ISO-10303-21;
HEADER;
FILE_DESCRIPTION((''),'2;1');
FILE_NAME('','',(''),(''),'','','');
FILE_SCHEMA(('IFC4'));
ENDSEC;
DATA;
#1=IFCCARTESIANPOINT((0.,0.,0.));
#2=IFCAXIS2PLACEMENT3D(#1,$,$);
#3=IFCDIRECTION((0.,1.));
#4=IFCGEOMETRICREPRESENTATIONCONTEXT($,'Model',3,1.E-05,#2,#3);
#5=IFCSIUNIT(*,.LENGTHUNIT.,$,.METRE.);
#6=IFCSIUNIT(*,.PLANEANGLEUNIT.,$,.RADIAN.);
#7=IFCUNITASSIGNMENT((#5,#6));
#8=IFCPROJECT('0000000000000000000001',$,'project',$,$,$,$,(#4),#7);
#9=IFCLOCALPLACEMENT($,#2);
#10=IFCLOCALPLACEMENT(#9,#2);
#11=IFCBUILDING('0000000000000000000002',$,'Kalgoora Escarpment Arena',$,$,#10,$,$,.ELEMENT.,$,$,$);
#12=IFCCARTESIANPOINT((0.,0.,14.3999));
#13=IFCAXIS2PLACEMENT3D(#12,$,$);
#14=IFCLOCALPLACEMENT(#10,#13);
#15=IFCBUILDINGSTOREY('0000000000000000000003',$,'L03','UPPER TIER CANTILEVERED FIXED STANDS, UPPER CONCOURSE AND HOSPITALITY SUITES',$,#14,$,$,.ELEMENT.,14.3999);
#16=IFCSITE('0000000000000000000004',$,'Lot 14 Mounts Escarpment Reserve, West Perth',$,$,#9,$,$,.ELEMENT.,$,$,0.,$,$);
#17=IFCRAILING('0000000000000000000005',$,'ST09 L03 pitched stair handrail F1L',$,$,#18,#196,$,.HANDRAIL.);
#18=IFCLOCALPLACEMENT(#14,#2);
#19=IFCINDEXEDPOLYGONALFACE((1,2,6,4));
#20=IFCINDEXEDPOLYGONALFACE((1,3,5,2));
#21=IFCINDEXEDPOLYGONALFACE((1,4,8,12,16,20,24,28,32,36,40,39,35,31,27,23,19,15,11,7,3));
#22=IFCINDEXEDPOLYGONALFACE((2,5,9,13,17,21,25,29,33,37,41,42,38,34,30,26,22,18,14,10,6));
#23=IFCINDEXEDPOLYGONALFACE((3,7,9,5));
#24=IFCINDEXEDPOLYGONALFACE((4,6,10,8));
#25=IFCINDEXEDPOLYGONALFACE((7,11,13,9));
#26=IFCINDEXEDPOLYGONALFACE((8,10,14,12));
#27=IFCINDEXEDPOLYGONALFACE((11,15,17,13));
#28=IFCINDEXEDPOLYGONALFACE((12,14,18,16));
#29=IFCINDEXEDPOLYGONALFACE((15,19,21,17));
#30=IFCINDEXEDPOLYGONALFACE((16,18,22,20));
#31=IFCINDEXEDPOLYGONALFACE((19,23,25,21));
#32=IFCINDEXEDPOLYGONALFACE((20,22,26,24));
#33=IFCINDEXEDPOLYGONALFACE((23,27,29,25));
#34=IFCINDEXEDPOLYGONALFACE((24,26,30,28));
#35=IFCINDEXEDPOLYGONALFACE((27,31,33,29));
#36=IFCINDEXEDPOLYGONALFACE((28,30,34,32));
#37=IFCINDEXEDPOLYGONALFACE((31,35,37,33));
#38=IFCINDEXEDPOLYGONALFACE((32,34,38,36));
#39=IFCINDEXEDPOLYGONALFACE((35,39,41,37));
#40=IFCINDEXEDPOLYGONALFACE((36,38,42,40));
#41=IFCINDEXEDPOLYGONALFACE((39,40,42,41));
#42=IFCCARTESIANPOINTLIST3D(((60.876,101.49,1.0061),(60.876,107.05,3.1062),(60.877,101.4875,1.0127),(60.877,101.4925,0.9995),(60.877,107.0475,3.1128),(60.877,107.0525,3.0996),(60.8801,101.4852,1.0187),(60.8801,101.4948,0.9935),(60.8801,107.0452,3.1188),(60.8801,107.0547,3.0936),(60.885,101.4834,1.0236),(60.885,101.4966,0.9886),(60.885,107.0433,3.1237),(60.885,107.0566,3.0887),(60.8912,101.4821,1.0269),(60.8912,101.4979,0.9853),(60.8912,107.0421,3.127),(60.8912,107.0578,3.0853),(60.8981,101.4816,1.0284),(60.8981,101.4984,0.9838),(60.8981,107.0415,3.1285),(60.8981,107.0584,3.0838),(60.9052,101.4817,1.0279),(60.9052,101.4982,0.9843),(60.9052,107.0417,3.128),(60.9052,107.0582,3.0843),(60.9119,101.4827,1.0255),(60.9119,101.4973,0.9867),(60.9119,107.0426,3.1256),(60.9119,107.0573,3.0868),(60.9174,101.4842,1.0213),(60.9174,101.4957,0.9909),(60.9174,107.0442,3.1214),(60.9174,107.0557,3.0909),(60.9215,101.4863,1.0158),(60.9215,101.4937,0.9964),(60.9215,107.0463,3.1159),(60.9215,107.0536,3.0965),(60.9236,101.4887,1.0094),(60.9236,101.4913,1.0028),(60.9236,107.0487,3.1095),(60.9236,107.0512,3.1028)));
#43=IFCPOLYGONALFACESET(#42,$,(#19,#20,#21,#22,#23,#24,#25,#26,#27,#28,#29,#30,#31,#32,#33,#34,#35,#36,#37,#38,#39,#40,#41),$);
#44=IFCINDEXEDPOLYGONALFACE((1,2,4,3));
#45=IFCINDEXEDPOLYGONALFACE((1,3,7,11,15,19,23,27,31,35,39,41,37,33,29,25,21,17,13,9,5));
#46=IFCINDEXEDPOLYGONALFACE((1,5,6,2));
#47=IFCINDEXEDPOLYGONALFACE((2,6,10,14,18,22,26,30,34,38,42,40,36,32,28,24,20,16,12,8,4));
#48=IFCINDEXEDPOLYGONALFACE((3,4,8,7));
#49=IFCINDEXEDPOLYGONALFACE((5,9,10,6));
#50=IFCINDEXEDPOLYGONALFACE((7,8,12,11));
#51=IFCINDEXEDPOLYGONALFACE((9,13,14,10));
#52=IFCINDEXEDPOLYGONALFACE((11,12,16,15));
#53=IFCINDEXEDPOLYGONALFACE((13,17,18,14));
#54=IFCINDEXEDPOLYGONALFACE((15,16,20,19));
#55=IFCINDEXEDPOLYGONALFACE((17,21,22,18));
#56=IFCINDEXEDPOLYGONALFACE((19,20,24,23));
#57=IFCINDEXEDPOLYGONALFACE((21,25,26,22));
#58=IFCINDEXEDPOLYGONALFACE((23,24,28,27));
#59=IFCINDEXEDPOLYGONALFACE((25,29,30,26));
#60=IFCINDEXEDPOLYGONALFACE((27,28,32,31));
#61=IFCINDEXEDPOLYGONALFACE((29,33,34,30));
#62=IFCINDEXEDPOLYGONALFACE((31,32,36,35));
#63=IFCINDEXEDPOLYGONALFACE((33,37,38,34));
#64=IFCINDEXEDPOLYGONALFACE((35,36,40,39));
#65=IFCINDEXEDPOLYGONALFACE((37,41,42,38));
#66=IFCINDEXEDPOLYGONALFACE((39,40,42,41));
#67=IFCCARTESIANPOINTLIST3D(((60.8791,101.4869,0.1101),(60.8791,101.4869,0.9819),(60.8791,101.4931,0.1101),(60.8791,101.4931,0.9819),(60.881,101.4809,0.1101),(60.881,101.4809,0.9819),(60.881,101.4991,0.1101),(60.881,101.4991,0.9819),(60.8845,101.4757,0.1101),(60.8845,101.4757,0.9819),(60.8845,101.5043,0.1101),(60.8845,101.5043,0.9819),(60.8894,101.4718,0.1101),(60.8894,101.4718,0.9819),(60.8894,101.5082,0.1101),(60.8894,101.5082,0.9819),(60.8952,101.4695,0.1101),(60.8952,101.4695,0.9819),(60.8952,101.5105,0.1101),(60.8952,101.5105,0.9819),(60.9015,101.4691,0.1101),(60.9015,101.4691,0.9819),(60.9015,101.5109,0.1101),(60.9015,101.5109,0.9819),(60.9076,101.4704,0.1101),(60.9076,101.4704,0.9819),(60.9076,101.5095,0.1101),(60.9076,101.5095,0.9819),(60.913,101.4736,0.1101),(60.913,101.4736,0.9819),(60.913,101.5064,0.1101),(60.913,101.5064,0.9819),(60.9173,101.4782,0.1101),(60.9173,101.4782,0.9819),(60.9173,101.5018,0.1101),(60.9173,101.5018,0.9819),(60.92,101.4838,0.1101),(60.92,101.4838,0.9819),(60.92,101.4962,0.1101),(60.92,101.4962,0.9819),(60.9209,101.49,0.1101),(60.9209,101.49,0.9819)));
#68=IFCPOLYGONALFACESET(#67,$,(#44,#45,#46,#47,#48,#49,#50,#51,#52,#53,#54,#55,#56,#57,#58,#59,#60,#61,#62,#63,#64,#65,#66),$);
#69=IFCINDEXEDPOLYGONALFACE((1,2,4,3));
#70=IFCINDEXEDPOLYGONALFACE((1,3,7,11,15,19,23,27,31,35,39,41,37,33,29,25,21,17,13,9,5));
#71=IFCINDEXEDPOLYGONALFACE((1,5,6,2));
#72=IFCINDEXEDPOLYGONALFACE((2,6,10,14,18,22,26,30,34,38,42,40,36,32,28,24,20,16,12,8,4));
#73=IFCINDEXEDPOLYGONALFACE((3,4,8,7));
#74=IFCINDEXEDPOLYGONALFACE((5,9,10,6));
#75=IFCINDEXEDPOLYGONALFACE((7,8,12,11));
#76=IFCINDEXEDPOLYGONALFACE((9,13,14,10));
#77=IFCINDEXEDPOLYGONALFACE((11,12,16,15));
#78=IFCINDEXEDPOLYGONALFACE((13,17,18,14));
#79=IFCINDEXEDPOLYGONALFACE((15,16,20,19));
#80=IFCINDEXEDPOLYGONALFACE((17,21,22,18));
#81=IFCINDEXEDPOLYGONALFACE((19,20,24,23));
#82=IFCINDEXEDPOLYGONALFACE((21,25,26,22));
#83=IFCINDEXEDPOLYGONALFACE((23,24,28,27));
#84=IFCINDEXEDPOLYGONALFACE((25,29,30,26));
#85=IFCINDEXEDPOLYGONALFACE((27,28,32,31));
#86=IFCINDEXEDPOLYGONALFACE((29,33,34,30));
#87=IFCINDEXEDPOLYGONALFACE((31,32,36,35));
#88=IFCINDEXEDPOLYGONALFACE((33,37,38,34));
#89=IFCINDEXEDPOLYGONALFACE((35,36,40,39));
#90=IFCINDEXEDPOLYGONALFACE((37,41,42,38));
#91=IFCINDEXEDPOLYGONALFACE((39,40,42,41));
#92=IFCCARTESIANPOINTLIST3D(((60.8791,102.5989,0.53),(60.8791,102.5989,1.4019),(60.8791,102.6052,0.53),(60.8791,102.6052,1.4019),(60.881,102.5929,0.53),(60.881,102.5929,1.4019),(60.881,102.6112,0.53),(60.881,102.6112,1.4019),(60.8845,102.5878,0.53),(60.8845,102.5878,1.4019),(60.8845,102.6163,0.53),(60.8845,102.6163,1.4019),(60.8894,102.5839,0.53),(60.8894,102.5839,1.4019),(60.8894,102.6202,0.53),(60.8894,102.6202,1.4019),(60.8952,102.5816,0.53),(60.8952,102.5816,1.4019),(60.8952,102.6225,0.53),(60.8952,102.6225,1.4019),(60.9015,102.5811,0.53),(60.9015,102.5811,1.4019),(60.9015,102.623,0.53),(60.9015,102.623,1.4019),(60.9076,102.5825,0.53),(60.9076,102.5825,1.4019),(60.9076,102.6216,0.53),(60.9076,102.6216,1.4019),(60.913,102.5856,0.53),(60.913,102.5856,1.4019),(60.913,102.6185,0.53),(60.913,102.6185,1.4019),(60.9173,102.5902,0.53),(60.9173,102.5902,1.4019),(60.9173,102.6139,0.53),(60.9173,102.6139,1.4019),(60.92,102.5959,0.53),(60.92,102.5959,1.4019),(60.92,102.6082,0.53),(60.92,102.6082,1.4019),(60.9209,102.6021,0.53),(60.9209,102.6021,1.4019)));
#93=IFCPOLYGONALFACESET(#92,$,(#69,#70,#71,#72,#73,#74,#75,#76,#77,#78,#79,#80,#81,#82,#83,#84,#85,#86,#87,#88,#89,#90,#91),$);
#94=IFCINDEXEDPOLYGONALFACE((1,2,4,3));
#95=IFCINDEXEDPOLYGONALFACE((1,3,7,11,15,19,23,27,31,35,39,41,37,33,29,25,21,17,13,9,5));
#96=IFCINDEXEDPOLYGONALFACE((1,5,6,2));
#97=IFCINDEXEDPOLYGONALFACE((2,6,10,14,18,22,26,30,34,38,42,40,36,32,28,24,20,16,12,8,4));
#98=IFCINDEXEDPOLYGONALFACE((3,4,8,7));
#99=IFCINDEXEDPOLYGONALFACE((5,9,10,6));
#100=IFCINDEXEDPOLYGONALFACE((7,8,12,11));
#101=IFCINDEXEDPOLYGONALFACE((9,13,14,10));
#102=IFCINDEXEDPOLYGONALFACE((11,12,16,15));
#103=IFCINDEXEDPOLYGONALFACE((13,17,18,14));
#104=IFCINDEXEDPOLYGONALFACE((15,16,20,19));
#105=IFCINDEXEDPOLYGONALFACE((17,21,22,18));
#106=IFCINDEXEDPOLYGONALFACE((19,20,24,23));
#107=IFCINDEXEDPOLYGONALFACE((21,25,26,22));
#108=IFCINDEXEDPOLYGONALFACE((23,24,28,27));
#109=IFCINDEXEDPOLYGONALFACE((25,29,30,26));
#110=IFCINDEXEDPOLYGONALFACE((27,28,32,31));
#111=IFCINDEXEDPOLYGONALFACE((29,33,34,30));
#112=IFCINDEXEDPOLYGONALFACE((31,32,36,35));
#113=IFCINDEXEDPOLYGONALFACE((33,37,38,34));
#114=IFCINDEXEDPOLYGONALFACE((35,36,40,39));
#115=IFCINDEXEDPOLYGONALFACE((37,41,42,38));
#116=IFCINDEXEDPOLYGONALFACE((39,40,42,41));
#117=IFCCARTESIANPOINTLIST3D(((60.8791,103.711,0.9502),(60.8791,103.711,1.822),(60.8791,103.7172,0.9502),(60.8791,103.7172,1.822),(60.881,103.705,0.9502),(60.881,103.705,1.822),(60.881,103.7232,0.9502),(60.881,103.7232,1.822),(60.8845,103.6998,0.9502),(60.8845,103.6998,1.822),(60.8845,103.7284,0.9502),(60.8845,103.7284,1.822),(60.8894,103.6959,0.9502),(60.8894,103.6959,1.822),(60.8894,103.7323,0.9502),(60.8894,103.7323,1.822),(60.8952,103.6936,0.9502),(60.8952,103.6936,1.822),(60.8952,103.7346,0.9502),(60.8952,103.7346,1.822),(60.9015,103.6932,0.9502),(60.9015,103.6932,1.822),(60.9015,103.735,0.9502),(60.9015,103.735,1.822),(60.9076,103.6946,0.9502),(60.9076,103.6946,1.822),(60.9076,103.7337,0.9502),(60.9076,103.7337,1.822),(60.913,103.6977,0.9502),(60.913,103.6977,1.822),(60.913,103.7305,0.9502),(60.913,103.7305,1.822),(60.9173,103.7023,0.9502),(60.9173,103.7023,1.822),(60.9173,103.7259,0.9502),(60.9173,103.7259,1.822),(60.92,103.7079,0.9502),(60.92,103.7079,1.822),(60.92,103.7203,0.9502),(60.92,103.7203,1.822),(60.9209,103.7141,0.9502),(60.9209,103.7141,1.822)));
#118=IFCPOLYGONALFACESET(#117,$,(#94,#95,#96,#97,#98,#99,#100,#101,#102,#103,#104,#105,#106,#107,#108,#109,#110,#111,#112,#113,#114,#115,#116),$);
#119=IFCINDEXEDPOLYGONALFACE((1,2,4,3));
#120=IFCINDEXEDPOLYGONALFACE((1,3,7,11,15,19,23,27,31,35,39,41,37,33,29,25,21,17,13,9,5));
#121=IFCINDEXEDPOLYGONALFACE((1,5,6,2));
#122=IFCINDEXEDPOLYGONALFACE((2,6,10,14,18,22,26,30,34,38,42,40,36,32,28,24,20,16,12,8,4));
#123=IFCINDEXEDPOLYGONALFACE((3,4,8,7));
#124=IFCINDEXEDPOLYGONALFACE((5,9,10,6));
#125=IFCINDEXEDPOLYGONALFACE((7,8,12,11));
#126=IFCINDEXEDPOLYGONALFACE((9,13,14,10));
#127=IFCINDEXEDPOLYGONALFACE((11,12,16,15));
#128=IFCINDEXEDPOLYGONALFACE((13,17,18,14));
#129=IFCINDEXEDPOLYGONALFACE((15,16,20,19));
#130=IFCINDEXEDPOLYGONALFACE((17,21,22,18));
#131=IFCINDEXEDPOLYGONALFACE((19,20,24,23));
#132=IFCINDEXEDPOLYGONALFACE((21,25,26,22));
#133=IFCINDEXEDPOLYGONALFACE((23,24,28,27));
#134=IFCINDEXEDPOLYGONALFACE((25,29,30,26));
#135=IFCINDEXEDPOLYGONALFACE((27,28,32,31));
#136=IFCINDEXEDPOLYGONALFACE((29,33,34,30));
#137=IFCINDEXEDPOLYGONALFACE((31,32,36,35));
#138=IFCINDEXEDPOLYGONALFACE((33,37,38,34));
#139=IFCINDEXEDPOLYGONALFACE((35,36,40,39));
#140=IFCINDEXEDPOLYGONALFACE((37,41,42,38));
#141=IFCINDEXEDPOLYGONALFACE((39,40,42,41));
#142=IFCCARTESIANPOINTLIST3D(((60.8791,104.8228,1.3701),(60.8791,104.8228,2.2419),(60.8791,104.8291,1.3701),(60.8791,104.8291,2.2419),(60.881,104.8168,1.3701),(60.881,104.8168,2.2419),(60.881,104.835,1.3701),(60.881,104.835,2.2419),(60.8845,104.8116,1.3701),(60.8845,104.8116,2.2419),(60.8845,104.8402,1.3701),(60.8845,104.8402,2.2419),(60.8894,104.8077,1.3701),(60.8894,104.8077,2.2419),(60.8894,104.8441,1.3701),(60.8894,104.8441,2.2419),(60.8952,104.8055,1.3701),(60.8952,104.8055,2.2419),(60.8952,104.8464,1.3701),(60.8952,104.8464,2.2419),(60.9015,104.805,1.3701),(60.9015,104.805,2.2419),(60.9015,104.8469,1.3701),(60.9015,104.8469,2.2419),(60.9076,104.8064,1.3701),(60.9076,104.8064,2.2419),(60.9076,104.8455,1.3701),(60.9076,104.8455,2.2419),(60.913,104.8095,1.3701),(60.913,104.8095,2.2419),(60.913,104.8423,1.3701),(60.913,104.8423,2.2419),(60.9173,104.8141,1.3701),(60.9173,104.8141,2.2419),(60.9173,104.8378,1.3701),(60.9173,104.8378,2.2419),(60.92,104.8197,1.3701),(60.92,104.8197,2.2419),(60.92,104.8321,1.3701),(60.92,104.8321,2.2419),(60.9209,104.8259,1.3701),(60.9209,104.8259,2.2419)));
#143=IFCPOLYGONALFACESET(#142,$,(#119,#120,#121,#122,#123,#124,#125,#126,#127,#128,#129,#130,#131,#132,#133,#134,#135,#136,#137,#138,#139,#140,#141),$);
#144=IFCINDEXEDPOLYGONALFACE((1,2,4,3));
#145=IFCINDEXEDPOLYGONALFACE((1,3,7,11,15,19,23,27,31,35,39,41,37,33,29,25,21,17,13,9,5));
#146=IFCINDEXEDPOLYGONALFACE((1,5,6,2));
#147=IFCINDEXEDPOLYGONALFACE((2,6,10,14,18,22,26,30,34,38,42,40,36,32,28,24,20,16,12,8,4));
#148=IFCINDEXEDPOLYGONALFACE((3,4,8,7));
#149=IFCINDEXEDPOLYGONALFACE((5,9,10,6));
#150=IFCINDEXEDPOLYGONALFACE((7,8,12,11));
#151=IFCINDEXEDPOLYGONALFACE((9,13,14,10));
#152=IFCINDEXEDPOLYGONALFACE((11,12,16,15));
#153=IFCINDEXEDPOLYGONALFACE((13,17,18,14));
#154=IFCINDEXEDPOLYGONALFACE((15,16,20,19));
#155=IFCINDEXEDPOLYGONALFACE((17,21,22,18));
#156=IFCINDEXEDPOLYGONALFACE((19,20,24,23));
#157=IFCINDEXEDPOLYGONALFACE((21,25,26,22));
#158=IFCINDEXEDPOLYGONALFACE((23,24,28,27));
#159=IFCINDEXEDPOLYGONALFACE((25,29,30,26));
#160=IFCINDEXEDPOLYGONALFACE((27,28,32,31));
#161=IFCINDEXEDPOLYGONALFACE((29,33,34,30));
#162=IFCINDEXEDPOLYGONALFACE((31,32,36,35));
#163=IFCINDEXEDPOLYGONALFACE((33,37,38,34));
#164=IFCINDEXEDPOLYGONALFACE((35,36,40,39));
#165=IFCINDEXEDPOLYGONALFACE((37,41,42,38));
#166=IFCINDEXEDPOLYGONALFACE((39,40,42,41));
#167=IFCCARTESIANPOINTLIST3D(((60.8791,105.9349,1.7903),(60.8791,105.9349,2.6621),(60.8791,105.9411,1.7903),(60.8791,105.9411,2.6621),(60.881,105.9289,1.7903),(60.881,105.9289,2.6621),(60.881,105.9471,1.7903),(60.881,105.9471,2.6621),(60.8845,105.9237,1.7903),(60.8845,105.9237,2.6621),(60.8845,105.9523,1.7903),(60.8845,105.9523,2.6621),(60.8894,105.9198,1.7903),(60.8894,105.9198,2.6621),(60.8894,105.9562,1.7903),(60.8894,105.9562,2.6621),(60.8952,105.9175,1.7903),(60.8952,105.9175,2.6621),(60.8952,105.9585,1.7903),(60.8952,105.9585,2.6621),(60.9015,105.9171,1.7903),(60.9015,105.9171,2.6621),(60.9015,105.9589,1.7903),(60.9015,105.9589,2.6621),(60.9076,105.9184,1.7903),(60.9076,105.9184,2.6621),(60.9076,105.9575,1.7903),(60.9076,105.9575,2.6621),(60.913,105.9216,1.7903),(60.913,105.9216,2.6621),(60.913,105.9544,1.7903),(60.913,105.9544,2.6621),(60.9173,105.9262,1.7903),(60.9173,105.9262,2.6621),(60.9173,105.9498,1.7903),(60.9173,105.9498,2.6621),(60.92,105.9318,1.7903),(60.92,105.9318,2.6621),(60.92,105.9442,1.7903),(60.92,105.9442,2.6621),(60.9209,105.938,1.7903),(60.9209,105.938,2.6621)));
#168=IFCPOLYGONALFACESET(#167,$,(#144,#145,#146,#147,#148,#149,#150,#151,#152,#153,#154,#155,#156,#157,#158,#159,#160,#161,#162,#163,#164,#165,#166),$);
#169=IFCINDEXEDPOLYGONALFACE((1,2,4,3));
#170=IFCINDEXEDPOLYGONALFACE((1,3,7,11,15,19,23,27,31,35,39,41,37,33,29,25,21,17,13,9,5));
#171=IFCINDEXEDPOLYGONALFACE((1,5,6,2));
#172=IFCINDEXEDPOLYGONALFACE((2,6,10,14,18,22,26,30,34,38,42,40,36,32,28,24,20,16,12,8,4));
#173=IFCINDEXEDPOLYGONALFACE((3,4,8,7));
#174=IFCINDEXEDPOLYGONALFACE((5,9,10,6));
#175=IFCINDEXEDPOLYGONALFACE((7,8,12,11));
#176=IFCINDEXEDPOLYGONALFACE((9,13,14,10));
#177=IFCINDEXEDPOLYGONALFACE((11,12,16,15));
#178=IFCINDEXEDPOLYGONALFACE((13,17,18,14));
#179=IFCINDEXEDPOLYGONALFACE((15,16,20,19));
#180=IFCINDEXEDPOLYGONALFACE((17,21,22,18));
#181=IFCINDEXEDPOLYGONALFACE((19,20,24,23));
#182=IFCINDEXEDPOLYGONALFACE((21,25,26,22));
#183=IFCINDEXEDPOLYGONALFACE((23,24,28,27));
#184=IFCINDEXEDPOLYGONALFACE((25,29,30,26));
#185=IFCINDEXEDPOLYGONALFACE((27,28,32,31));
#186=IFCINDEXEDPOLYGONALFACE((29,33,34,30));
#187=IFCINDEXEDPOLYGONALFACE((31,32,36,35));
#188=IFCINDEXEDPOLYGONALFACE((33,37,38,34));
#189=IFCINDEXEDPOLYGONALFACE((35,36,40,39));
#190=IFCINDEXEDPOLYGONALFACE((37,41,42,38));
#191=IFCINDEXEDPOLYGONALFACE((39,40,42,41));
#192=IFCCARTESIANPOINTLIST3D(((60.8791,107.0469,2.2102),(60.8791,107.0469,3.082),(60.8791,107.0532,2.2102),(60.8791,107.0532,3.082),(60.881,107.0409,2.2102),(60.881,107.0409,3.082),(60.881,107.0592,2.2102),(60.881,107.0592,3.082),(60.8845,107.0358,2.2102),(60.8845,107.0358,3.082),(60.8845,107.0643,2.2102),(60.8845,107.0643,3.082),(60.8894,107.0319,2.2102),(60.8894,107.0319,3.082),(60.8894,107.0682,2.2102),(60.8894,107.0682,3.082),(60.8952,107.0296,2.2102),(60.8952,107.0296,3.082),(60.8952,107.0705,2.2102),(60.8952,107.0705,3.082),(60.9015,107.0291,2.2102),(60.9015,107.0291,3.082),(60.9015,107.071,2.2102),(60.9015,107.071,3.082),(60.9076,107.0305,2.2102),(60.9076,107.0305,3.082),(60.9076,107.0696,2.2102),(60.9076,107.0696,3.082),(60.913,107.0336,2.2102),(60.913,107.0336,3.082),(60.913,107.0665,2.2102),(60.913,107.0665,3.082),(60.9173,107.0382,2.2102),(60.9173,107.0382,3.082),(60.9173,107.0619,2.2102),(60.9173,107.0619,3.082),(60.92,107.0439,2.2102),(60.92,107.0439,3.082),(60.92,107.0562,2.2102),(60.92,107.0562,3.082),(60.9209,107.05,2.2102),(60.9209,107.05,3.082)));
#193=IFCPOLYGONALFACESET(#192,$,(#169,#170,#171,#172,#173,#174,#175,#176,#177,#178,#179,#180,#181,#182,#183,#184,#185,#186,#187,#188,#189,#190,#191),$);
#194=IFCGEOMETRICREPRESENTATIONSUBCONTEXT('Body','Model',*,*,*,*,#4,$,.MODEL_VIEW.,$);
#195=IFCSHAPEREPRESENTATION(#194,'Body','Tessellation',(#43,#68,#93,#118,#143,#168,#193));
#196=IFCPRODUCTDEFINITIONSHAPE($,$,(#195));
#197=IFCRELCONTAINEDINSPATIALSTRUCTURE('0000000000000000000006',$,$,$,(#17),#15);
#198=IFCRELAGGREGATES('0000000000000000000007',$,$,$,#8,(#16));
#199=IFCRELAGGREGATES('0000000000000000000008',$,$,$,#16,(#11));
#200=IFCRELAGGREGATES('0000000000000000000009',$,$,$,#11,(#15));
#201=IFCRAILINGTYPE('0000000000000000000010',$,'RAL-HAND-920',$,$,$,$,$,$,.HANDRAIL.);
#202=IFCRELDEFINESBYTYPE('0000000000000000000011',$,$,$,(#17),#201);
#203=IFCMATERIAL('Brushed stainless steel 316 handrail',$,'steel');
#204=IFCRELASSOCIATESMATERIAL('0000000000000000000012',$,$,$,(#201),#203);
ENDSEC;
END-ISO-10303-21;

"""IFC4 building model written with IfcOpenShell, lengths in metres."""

from ifc_helpers import new_model, si_unit, direction, frame, origin, origin_2d, place, context, subcontext, project, spatial, circle, extrude, material, type_object, element, save


model = new_model("IFC4")

# Units and contexts
model_context = context("Model", 3, precision=1e-05, world=origin(), true_north=direction((0.0, 1.0)))
body_context = subcontext(model_context, "Body", "Model", "MODEL_VIEW")
ifc_project = project(units=[si_unit("LENGTHUNIT", "METRE"), si_unit("PLANEANGLEUNIT", "RADIAN")], contexts=[model_context])

# Site, building, storey
site_placement = place(None, origin())
site = spatial("IfcSite", under=ifc_project, at=site_placement, Name="Lot 14 Mounts Escarpment Reserve, West Perth", CompositionType="ELEMENT", RefElevation=0.0)
building_placement = place(site_placement, origin())
building = spatial("IfcBuilding", under=site, at=building_placement, Name="Kalgoora Escarpment Arena", CompositionType="ELEMENT")
storey_placement = place(building_placement, frame((0.0, 0.0, 14.3999)))
storey = spatial("IfcBuildingStorey", under=building, at=storey_placement, Name="L03", Description="UPPER TIER CANTILEVERED FIXED STANDS, UPPER CONCOURSE AND HOSPITALITY SUITES", CompositionType="ELEMENT", Elevation=14.3999)

# Railing
ifc_material_1 = material(Name="Brushed stainless steel 316 handrail", Category="steel")
railing_type_1 = type_object("IfcRailingType", Name="RAL-HAND-920", PredefinedType="HANDRAIL", material=ifc_material_1)
for number, where, name in (
    (1, (60.8999, 101.49, 0.1101), "ST09 L03 pitched stair handrail F1L"),
):
    element("IfcRailing", number, at=place(storey_placement, frame(where)), inside=storey, type_object=railing_type_1, Name=name, PredefinedType="HANDRAIL", context=body_context, shape_type="SweptSolid", body=[
        extrude(circle(Radius=0.0239, at=origin_2d()), frame((0.0, 0.0, 0.896), z_axis=(0.0, 0.935493, 0.353346), x_axis=(-1.0, 0.0, 0.0)), (0.0, 0.0, 1.0), 5.9434),
        extrude(circle(Radius=0.021, at=origin_2d()), origin(), (0.0, 0.0, 1.0), 0.8718),
        extrude(circle(Radius=0.021, at=origin_2d()), frame((0.0, 1.1121, 0.4199)), (0.0, 0.0, 1.0), 0.8718),
        extrude(circle(Radius=0.021, at=origin_2d()), frame((0.0, 2.2241, 0.8401)), (0.0, 0.0, 1.0), 0.8718),
        extrude(circle(Radius=0.021, at=origin_2d()), frame((0.0, 3.3359, 1.26)), (0.0, 0.0, 1.0), 0.8718),
        extrude(circle(Radius=0.021, at=origin_2d()), frame((0.0, 4.448, 1.6802)), (0.0, 0.0, 1.0), 0.8718),
        extrude(circle(Radius=0.021, at=origin_2d()), frame((0.0, 5.5601, 2.1001)), (0.0, 0.0, 1.0), 0.8718),
    ])

save(model, "model.ifc")
